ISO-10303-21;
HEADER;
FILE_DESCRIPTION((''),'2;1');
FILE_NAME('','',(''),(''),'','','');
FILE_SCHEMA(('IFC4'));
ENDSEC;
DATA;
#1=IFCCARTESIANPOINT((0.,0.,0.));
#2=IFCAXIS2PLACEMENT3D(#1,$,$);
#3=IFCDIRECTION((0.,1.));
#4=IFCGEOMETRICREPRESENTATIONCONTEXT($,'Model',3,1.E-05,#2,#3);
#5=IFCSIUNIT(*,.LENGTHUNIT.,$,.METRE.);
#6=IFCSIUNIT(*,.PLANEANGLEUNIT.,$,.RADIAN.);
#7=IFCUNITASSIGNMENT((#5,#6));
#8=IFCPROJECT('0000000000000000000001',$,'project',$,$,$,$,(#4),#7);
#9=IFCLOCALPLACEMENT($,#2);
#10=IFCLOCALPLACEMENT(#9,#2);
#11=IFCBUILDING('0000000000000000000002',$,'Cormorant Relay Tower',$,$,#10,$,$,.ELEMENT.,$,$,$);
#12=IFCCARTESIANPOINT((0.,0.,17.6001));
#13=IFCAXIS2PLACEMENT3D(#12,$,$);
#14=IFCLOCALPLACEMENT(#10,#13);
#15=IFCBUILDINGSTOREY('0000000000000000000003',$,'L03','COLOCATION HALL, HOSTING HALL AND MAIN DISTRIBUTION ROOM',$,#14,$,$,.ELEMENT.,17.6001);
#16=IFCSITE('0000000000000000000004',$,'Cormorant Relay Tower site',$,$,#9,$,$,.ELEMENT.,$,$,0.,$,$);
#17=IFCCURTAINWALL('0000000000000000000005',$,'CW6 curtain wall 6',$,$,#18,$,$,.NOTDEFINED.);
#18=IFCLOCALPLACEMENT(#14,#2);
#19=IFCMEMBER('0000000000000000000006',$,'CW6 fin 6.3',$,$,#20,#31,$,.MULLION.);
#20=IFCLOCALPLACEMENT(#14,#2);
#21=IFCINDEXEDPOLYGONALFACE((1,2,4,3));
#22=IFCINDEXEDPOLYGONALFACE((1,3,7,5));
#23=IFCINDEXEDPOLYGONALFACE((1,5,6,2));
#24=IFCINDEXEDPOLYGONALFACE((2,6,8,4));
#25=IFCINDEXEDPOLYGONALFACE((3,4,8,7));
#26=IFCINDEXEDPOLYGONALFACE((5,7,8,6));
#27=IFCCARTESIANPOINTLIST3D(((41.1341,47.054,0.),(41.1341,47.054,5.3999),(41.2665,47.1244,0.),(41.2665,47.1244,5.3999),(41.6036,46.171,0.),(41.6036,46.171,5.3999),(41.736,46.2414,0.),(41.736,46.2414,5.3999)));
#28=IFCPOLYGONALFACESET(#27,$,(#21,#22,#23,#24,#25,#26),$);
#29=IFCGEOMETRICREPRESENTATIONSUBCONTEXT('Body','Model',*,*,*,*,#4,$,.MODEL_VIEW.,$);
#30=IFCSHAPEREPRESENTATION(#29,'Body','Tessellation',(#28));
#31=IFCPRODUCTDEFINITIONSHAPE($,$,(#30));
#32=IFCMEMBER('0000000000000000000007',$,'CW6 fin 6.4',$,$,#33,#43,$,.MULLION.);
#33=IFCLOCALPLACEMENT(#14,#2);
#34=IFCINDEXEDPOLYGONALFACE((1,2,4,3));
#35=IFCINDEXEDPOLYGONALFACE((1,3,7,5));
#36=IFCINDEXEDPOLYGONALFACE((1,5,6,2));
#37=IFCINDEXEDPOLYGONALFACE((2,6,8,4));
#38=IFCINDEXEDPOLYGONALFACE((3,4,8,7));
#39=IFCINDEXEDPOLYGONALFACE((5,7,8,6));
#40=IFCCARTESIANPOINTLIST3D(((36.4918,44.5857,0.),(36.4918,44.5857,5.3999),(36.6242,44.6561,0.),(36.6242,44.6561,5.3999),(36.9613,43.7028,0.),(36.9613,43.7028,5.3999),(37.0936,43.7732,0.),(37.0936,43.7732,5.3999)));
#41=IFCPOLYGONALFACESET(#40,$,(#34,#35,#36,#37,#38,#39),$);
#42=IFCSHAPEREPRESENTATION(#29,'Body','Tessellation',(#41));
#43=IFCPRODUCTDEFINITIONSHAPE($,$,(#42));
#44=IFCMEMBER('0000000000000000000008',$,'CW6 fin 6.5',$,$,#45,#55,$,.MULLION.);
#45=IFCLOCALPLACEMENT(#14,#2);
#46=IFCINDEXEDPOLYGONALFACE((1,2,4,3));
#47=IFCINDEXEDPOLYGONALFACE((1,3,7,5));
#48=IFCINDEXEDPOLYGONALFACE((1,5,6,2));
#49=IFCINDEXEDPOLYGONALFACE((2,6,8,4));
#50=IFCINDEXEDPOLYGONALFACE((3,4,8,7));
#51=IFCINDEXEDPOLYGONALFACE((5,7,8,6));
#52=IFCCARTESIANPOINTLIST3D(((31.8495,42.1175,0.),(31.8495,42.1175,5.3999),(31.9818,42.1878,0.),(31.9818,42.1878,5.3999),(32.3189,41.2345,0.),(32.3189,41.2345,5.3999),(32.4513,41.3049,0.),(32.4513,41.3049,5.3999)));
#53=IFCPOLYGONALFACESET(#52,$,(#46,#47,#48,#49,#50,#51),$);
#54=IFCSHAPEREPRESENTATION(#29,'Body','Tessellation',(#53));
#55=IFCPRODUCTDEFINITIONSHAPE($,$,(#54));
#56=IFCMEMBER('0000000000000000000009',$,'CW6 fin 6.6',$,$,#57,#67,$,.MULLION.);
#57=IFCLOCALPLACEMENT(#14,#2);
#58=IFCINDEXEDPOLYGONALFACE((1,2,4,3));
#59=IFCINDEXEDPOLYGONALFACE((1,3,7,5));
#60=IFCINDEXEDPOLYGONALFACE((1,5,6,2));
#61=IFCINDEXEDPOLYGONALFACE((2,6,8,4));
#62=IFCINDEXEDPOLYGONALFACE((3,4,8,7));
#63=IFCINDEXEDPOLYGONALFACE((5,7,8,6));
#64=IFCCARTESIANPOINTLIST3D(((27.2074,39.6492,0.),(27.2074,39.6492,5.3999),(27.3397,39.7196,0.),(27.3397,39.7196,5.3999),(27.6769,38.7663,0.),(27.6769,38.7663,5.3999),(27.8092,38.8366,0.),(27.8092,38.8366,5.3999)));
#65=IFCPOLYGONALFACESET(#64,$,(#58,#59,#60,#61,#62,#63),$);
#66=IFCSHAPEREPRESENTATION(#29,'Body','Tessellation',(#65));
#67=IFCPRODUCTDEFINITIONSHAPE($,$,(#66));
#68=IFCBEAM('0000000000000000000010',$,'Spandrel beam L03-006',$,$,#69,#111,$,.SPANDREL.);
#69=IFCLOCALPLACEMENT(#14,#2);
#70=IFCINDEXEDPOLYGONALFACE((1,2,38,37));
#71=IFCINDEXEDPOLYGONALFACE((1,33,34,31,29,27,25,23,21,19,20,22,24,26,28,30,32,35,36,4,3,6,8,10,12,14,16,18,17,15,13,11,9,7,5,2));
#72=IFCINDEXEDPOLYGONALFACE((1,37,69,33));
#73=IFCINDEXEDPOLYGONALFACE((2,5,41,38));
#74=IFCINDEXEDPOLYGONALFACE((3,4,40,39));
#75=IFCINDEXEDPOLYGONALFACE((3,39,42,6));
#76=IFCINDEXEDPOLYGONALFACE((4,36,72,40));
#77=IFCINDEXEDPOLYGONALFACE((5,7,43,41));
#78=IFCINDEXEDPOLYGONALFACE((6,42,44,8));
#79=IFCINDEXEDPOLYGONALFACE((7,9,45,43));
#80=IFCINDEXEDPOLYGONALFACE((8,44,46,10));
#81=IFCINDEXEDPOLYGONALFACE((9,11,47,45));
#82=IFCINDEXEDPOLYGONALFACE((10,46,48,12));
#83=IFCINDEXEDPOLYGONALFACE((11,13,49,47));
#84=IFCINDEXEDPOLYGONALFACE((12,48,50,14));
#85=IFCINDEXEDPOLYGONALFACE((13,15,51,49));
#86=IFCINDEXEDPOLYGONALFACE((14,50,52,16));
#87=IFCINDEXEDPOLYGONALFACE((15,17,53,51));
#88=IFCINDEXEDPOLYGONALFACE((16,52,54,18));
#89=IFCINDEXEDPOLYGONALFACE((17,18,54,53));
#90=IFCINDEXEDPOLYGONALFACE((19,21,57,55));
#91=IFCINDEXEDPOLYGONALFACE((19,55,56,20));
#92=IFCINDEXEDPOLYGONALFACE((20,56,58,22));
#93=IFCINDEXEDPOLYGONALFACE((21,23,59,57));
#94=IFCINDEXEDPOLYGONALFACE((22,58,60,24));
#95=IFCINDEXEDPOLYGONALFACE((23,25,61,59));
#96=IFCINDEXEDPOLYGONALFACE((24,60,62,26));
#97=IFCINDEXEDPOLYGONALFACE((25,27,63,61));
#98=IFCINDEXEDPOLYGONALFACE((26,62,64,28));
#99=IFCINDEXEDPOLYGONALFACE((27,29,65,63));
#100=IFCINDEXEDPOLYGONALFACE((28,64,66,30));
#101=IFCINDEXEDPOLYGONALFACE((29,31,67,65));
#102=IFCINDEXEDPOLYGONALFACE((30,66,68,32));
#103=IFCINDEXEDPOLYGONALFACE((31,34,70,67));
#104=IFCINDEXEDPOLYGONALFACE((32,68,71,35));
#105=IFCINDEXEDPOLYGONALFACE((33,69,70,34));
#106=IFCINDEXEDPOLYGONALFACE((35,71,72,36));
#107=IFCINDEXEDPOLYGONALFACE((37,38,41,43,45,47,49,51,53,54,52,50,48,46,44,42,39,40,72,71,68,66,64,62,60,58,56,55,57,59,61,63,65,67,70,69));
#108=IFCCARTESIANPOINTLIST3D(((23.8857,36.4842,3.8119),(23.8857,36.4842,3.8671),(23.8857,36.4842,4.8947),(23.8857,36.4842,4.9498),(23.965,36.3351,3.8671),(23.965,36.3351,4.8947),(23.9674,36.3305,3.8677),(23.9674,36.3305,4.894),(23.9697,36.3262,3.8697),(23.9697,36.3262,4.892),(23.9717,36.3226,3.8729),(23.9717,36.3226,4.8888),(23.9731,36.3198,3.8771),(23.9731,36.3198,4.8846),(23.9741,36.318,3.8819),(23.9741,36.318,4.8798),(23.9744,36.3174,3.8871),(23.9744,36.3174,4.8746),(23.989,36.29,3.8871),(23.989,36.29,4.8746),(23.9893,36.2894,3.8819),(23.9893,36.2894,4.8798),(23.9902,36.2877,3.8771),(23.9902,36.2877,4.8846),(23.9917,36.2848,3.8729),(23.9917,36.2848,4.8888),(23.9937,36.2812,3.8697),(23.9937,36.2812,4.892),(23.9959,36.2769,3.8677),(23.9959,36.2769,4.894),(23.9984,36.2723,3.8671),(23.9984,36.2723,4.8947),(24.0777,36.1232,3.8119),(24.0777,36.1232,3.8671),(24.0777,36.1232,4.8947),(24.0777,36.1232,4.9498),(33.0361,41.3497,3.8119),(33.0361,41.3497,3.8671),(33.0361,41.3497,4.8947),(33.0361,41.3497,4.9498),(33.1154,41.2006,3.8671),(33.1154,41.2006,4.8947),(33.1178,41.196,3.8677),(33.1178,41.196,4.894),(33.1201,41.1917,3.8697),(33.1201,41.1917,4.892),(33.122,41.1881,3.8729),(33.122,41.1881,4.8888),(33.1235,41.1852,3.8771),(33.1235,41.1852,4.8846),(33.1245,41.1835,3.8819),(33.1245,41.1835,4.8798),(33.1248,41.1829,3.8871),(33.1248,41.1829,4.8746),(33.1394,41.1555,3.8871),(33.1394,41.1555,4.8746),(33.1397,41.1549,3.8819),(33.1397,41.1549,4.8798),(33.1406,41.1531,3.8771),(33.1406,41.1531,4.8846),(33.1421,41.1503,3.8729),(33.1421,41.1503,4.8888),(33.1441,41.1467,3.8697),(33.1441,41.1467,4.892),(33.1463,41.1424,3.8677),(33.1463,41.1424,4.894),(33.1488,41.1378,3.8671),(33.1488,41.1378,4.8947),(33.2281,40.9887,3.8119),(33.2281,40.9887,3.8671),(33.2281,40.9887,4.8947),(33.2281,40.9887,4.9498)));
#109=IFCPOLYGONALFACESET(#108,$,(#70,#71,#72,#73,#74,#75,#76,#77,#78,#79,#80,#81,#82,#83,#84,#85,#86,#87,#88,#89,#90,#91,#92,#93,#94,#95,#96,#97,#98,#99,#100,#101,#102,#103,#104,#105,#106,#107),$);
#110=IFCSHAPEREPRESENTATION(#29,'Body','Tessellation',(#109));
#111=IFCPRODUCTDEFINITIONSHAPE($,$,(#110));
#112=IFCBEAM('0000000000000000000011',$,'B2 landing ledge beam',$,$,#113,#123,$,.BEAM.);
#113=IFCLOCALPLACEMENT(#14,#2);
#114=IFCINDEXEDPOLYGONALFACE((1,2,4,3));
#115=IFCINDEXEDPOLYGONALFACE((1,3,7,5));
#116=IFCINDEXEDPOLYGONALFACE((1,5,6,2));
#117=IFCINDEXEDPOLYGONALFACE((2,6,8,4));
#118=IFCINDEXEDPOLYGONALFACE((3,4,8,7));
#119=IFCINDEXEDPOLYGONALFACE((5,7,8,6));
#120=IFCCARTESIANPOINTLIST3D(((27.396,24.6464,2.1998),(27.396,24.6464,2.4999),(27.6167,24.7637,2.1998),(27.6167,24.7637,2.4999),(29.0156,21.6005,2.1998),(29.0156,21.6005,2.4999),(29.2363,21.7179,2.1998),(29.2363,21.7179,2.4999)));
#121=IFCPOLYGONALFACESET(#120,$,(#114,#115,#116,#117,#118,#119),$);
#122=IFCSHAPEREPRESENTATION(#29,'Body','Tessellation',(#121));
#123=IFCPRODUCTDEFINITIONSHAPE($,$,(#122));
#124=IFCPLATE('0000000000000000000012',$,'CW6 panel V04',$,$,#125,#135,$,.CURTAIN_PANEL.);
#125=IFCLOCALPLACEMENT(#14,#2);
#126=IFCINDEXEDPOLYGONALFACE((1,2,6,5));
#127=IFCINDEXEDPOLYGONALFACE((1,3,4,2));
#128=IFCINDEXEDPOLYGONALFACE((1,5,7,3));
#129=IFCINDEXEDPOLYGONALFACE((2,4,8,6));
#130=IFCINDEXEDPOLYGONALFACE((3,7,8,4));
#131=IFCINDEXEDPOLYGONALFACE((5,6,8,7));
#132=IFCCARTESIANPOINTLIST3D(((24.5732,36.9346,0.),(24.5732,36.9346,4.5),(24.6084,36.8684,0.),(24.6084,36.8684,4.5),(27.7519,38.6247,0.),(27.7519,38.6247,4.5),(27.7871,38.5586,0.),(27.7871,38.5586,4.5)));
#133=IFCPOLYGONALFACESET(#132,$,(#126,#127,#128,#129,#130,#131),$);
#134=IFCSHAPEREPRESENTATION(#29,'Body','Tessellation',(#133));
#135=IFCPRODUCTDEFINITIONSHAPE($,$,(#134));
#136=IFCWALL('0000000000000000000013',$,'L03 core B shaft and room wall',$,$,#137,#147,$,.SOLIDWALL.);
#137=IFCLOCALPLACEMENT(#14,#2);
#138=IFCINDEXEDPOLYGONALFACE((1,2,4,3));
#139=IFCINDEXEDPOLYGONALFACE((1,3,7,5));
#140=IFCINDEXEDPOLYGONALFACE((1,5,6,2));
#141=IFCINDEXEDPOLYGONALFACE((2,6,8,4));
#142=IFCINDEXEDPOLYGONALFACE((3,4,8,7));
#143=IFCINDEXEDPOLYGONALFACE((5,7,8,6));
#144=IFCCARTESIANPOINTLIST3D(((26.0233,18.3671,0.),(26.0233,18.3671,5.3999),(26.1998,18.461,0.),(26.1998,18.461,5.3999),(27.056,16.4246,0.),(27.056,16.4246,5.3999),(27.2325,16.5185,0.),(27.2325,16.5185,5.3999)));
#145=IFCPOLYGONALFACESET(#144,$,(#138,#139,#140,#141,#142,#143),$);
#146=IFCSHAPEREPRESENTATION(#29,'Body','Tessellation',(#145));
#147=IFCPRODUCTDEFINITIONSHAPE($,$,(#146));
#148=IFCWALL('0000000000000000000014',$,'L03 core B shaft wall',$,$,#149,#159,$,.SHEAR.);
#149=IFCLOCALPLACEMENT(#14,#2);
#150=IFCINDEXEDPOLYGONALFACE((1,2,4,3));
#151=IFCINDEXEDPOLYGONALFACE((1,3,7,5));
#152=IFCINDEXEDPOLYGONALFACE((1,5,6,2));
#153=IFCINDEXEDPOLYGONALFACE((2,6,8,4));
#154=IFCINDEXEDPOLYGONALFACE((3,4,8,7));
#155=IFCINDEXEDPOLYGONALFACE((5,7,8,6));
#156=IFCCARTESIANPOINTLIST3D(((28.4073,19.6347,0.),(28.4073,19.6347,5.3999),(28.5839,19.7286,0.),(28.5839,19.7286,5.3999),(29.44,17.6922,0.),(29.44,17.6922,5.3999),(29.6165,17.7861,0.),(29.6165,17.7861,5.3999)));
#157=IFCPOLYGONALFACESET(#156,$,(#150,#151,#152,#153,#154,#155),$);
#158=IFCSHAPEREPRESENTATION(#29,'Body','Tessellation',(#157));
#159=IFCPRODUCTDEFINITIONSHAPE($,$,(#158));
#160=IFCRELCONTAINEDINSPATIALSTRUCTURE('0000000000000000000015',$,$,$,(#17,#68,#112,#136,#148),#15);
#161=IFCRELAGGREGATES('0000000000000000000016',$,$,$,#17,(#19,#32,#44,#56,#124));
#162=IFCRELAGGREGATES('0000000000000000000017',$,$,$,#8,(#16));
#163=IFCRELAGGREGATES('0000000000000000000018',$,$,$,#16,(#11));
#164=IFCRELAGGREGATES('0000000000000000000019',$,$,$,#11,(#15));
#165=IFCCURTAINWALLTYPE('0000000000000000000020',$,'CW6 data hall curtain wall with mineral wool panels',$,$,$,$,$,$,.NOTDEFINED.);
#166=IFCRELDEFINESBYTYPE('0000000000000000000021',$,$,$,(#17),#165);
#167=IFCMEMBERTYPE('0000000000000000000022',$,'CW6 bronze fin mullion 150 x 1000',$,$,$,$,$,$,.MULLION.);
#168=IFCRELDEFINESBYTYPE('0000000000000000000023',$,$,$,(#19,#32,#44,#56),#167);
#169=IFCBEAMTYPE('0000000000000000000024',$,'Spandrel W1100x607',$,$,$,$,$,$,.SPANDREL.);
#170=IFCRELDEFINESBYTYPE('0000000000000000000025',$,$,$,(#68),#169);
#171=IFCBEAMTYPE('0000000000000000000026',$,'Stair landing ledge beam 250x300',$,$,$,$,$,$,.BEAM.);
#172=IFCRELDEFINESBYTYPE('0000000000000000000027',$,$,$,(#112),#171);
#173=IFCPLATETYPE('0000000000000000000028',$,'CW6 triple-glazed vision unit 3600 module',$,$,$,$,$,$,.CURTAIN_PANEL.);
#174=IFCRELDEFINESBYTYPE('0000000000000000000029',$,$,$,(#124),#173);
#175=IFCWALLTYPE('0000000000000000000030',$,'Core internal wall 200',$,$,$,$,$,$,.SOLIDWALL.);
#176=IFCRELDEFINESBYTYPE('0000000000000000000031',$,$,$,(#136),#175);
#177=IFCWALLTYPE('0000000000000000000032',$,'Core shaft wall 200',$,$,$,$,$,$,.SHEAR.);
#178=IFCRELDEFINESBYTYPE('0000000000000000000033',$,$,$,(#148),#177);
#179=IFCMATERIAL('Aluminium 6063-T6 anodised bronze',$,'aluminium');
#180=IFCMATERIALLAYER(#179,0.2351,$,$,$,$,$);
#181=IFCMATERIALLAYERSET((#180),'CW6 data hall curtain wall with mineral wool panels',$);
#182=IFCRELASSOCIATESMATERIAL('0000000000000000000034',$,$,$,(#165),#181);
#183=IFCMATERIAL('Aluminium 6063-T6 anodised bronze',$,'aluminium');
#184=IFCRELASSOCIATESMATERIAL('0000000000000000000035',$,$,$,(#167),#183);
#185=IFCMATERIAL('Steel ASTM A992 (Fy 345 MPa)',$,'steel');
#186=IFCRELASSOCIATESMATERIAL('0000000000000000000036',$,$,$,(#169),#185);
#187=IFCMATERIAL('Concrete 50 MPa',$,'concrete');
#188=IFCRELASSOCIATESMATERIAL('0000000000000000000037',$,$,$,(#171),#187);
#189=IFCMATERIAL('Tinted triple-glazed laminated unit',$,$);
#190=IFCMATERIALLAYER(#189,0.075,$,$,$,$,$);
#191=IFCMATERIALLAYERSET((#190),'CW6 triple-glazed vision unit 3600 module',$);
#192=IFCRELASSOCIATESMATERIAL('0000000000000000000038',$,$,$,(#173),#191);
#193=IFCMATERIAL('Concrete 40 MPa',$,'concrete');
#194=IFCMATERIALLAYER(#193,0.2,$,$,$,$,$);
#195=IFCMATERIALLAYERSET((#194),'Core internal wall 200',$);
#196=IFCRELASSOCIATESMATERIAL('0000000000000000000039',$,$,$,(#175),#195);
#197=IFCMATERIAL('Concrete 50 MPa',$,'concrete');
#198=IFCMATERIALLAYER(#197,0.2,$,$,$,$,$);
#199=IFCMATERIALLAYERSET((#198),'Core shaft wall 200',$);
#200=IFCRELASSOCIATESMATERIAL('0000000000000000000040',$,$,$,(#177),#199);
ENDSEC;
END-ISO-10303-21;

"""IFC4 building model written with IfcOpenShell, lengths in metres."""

from ifc_helpers import new_model, si_unit, direction, frame, frame_2d, origin, origin_2d, place, context, subcontext, project, spatial, rectangle, i_section, extrude, material, layer, layer_set, material_profile, profile_set, type_object, element, aggregate, save


model = new_model("IFC4")

# Units and contexts
model_context = context("Model", 3, precision=1e-05, world=origin(), true_north=direction((0.0, 1.0)))
body_context = subcontext(model_context, "Body", "Model", "MODEL_VIEW")
ifc_project = project(units=[si_unit("LENGTHUNIT", "METRE"), si_unit("PLANEANGLEUNIT", "RADIAN")], contexts=[model_context])

# Site, building, storey
site_placement = place(None, origin())
site = spatial("IfcSite", under=ifc_project, at=site_placement, Name="Cormorant Relay Tower site", CompositionType="ELEMENT", RefElevation=0.0)
building_placement = place(site_placement, origin())
building = spatial("IfcBuilding", under=site, at=building_placement, Name="Cormorant Relay Tower", CompositionType="ELEMENT")
storey_placement = place(building_placement, frame((0.0, 0.0, 17.6001)))
storey = spatial("IfcBuildingStorey", under=building, at=storey_placement, Name="L03", Description="COLOCATION HALL, HOSTING HALL AND MAIN DISTRIBUTION ROOM", CompositionType="ELEMENT", Elevation=17.6001)

# Curtain wall, members
ifc_material_1 = material(Name="Aluminium 6063-T6 anodised bronze", Category="aluminium")
ifc_layer_1 = layer(ifc_material_1, 0.2351)
ifc_layer_set_1 = layer_set([ifc_layer_1], Name="CW6 data hall curtain wall with mineral wool panels")
curtain_wall_type = type_object("IfcCurtainWallType", Name="CW6 data hall curtain wall with mineral wool panels", PredefinedType="NOTDEFINED", material=ifc_layer_set_1)
curtain_wall_placement = place(storey_placement, origin())
curtain_wall = element("IfcCurtainWall", 1, at=curtain_wall_placement, inside=storey, type_object=curtain_wall_type, Name="CW6 curtain wall 6", PredefinedType="NOTDEFINED")
ifc_material_2 = material(Name="Aluminium 6063-T6 anodised bronze", Category="aluminium")
ifc_material_profile_1 = material_profile(ifc_material_2, rectangle(XDim=0.1499, YDim=1.0, at=origin_2d()), Name="AL 150x1000")
ifc_profile_set_1 = profile_set([ifc_material_profile_1], Name="Aluminium 6063-T6 anodised bronze")
member_type = type_object("IfcMemberType", Name="CW6 bronze fin mullion 150 x 1000", PredefinedType="MULLION", material=ifc_profile_set_1)
member_1_placement = place(storey_placement, frame((41.4351, 46.6477, 0.0), z_axis=(0.0, 0.0, 1.0), x_axis=(-0.882948, -0.469472, 0.0)))
member_1 = element("IfcMember", 2, at=member_1_placement, type_object=member_type, Name="CW6 fin 6.3", PredefinedType="MULLION", context=body_context, shape_type="SweptSolid", body=[
    extrude(rectangle(XDim=0.1499, YDim=1.0, at=origin_2d()), origin(), (0.0, 0.0, 1.0), 5.3999),
])
member_2_placement = place(storey_placement, frame((36.7927, 44.1794, 0.0), z_axis=(0.0, 0.0, 1.0), x_axis=(-0.882948, -0.469472, 0.0)))
member_2 = element("IfcMember", 3, at=member_2_placement, type_object=member_type, Name="CW6 fin 6.4", PredefinedType="MULLION", context=body_context, shape_type="SweptSolid", body=[
    extrude(rectangle(XDim=0.1499, YDim=1.0, at=origin_2d()), origin(), (0.0, 0.0, 1.0), 5.3999),
])
member_3_placement = place(storey_placement, frame((32.1504, 41.7112, 0.0), z_axis=(0.0, 0.0, 1.0), x_axis=(-0.882948, -0.469472, 0.0)))
member_3 = element("IfcMember", 4, at=member_3_placement, type_object=member_type, Name="CW6 fin 6.5", PredefinedType="MULLION", context=body_context, shape_type="SweptSolid", body=[
    extrude(rectangle(XDim=0.1499, YDim=1.0, at=origin_2d()), origin(), (0.0, 0.0, 1.0), 5.3999),
])
member_4_placement = place(storey_placement, frame((27.5083, 39.2429, 0.0), z_axis=(0.0, 0.0, 1.0), x_axis=(-0.882948, -0.469472, 0.0)))
member_4 = element("IfcMember", 5, at=member_4_placement, type_object=member_type, Name="CW6 fin 6.6", PredefinedType="MULLION", context=body_context, shape_type="SweptSolid", body=[
    extrude(rectangle(XDim=0.1499, YDim=1.0, at=origin_2d()), origin(), (0.0, 0.0, 1.0), 5.3999),
])

# Beams
ifc_material_3 = material(Name="Steel ASTM A992 (Fy 345 MPa)", Category="steel")
ifc_material_profile_2 = material_profile(ifc_material_3, i_section(OverallWidth=0.4089, OverallDepth=1.1379, WebThickness=0.031, FlangeThickness=0.0552, FilletRadius=0.02, at=origin_2d()), Name="W1100x607")
ifc_profile_set_2 = profile_set([ifc_material_profile_2], Name="Steel ASTM A992 (Fy 345 MPa)")
beam_type_1 = type_object("IfcBeamType", Name="Spandrel W1100x607", PredefinedType="SPANDREL", material=ifc_profile_set_2)
beam_1_placement = place(storey_placement, frame((33.1321, 41.1692, 4.3809), z_axis=(-0.882942, -0.469481, 0.0), x_axis=(0.469481, -0.882942, 0.0)))
element("IfcBeam", 6, at=beam_1_placement, inside=storey, type_object=beam_type_1, Name="Spandrel beam L03-006", PredefinedType="SPANDREL", context=body_context, shape_type="SweptSolid", body=[
    extrude(i_section(OverallWidth=0.4089, OverallDepth=1.1379, WebThickness=0.031, FlangeThickness=0.0552, FilletRadius=0.02, at=origin_2d()), origin(), (0.0, 0.0, 1.0), 10.3635),
])
ifc_material_4 = material(Name="Concrete 50 MPa", Category="concrete")
ifc_material_profile_3 = material_profile(ifc_material_4, rectangle(XDim=0.25, YDim=0.3, at=origin_2d()), Name="RC 250x300")
ifc_profile_set_3 = profile_set([ifc_material_profile_3], Name="Concrete 50 MPa")
beam_type_2 = type_object("IfcBeamType", Name="Stair landing ledge beam 250x300", PredefinedType="BEAM", material=ifc_profile_set_3)
beam_2_placement = place(storey_placement, frame((29.126, 21.6592, 2.3499), z_axis=(-0.469493, 0.882936, 0.0), x_axis=(-0.882936, -0.469493, 0.0)))
element("IfcBeam", 7, at=beam_2_placement, inside=storey, type_object=beam_type_2, Name="B2 landing ledge beam", PredefinedType="BEAM", context=body_context, shape_type="SweptSolid", body=[
    extrude(rectangle(XDim=0.25, YDim=0.3, at=origin_2d()), origin(), (0.0, 0.0, 1.0), 3.4497),
])

# Plate
ifc_material_5 = material(Name="Tinted triple-glazed laminated unit")
ifc_layer_2 = layer(ifc_material_5, 0.075)
ifc_layer_set_2 = layer_set([ifc_layer_2], Name="CW6 triple-glazed vision unit 3600 module")
plate_type = type_object("IfcPlateType", Name="CW6 triple-glazed vision unit 3600 module", PredefinedType="CURTAIN_PANEL", material=ifc_layer_set_2)
plate_placement = place(storey_placement, frame((26.1802, 37.7466, 0.0), z_axis=(0.0, 0.0, 1.0), x_axis=(-0.882948, -0.469472, 0.0)))
plate = element("IfcPlate", 8, at=plate_placement, type_object=plate_type, Name="CW6 panel V04", PredefinedType="CURTAIN_PANEL", context=body_context, shape_type="SweptSolid", body=[
    extrude(rectangle(XDim=3.6001, YDim=0.075, at=origin_2d()), origin(), (0.0, 0.0, 1.0), 4.5),
])

# Walls
ifc_material_6 = material(Name="Concrete 40 MPa", Category="concrete")
ifc_layer_3 = layer(ifc_material_6, 0.2)
ifc_layer_set_3 = layer_set([ifc_layer_3], Name="Core internal wall 200")
wall_type_1 = type_object("IfcWallType", Name="Core internal wall 200", PredefinedType="SOLIDWALL", material=ifc_layer_set_3)
wall_1_placement = place(storey_placement, frame((27.1443, 16.4714, 0.0), z_axis=(0.0, 0.0, 1.0), x_axis=(-0.469401, 0.882985, 0.0)))
element("IfcWall", 9, at=wall_1_placement, inside=storey, type_object=wall_type_1, Name="L03 core B shaft and room wall", PredefinedType="SOLIDWALL", context=body_context, shape_type="SweptSolid", body=[
    extrude(rectangle(XDim=2.2, YDim=0.2, at=frame_2d((1.1001, 0.0))), origin(), (0.0, 0.0, 1.0), 5.3999),
])
ifc_material_7 = material(Name="Concrete 50 MPa", Category="concrete")
ifc_layer_4 = layer(ifc_material_7, 0.2)
ifc_layer_set_4 = layer_set([ifc_layer_4], Name="Core shaft wall 200")
wall_type_2 = type_object("IfcWallType", Name="Core shaft wall 200", PredefinedType="SHEAR", material=ifc_layer_set_4)
wall_2_placement = place(storey_placement, frame((29.5283, 17.739, 0.0), z_axis=(0.0, 0.0, 1.0), x_axis=(-0.469401, 0.882985, 0.0)))
element("IfcWall", 10, at=wall_2_placement, inside=storey, type_object=wall_type_2, Name="L03 core B shaft wall", PredefinedType="SHEAR", context=body_context, shape_type="SweptSolid", body=[
    extrude(rectangle(XDim=2.2, YDim=0.2, at=frame_2d((1.1001, 0.0))), origin(), (0.0, 0.0, 1.0), 5.3999),
])

aggregate(curtain_wall, [member_1, member_2, member_3, member_4, plate])

save(model, "model.ifc")
